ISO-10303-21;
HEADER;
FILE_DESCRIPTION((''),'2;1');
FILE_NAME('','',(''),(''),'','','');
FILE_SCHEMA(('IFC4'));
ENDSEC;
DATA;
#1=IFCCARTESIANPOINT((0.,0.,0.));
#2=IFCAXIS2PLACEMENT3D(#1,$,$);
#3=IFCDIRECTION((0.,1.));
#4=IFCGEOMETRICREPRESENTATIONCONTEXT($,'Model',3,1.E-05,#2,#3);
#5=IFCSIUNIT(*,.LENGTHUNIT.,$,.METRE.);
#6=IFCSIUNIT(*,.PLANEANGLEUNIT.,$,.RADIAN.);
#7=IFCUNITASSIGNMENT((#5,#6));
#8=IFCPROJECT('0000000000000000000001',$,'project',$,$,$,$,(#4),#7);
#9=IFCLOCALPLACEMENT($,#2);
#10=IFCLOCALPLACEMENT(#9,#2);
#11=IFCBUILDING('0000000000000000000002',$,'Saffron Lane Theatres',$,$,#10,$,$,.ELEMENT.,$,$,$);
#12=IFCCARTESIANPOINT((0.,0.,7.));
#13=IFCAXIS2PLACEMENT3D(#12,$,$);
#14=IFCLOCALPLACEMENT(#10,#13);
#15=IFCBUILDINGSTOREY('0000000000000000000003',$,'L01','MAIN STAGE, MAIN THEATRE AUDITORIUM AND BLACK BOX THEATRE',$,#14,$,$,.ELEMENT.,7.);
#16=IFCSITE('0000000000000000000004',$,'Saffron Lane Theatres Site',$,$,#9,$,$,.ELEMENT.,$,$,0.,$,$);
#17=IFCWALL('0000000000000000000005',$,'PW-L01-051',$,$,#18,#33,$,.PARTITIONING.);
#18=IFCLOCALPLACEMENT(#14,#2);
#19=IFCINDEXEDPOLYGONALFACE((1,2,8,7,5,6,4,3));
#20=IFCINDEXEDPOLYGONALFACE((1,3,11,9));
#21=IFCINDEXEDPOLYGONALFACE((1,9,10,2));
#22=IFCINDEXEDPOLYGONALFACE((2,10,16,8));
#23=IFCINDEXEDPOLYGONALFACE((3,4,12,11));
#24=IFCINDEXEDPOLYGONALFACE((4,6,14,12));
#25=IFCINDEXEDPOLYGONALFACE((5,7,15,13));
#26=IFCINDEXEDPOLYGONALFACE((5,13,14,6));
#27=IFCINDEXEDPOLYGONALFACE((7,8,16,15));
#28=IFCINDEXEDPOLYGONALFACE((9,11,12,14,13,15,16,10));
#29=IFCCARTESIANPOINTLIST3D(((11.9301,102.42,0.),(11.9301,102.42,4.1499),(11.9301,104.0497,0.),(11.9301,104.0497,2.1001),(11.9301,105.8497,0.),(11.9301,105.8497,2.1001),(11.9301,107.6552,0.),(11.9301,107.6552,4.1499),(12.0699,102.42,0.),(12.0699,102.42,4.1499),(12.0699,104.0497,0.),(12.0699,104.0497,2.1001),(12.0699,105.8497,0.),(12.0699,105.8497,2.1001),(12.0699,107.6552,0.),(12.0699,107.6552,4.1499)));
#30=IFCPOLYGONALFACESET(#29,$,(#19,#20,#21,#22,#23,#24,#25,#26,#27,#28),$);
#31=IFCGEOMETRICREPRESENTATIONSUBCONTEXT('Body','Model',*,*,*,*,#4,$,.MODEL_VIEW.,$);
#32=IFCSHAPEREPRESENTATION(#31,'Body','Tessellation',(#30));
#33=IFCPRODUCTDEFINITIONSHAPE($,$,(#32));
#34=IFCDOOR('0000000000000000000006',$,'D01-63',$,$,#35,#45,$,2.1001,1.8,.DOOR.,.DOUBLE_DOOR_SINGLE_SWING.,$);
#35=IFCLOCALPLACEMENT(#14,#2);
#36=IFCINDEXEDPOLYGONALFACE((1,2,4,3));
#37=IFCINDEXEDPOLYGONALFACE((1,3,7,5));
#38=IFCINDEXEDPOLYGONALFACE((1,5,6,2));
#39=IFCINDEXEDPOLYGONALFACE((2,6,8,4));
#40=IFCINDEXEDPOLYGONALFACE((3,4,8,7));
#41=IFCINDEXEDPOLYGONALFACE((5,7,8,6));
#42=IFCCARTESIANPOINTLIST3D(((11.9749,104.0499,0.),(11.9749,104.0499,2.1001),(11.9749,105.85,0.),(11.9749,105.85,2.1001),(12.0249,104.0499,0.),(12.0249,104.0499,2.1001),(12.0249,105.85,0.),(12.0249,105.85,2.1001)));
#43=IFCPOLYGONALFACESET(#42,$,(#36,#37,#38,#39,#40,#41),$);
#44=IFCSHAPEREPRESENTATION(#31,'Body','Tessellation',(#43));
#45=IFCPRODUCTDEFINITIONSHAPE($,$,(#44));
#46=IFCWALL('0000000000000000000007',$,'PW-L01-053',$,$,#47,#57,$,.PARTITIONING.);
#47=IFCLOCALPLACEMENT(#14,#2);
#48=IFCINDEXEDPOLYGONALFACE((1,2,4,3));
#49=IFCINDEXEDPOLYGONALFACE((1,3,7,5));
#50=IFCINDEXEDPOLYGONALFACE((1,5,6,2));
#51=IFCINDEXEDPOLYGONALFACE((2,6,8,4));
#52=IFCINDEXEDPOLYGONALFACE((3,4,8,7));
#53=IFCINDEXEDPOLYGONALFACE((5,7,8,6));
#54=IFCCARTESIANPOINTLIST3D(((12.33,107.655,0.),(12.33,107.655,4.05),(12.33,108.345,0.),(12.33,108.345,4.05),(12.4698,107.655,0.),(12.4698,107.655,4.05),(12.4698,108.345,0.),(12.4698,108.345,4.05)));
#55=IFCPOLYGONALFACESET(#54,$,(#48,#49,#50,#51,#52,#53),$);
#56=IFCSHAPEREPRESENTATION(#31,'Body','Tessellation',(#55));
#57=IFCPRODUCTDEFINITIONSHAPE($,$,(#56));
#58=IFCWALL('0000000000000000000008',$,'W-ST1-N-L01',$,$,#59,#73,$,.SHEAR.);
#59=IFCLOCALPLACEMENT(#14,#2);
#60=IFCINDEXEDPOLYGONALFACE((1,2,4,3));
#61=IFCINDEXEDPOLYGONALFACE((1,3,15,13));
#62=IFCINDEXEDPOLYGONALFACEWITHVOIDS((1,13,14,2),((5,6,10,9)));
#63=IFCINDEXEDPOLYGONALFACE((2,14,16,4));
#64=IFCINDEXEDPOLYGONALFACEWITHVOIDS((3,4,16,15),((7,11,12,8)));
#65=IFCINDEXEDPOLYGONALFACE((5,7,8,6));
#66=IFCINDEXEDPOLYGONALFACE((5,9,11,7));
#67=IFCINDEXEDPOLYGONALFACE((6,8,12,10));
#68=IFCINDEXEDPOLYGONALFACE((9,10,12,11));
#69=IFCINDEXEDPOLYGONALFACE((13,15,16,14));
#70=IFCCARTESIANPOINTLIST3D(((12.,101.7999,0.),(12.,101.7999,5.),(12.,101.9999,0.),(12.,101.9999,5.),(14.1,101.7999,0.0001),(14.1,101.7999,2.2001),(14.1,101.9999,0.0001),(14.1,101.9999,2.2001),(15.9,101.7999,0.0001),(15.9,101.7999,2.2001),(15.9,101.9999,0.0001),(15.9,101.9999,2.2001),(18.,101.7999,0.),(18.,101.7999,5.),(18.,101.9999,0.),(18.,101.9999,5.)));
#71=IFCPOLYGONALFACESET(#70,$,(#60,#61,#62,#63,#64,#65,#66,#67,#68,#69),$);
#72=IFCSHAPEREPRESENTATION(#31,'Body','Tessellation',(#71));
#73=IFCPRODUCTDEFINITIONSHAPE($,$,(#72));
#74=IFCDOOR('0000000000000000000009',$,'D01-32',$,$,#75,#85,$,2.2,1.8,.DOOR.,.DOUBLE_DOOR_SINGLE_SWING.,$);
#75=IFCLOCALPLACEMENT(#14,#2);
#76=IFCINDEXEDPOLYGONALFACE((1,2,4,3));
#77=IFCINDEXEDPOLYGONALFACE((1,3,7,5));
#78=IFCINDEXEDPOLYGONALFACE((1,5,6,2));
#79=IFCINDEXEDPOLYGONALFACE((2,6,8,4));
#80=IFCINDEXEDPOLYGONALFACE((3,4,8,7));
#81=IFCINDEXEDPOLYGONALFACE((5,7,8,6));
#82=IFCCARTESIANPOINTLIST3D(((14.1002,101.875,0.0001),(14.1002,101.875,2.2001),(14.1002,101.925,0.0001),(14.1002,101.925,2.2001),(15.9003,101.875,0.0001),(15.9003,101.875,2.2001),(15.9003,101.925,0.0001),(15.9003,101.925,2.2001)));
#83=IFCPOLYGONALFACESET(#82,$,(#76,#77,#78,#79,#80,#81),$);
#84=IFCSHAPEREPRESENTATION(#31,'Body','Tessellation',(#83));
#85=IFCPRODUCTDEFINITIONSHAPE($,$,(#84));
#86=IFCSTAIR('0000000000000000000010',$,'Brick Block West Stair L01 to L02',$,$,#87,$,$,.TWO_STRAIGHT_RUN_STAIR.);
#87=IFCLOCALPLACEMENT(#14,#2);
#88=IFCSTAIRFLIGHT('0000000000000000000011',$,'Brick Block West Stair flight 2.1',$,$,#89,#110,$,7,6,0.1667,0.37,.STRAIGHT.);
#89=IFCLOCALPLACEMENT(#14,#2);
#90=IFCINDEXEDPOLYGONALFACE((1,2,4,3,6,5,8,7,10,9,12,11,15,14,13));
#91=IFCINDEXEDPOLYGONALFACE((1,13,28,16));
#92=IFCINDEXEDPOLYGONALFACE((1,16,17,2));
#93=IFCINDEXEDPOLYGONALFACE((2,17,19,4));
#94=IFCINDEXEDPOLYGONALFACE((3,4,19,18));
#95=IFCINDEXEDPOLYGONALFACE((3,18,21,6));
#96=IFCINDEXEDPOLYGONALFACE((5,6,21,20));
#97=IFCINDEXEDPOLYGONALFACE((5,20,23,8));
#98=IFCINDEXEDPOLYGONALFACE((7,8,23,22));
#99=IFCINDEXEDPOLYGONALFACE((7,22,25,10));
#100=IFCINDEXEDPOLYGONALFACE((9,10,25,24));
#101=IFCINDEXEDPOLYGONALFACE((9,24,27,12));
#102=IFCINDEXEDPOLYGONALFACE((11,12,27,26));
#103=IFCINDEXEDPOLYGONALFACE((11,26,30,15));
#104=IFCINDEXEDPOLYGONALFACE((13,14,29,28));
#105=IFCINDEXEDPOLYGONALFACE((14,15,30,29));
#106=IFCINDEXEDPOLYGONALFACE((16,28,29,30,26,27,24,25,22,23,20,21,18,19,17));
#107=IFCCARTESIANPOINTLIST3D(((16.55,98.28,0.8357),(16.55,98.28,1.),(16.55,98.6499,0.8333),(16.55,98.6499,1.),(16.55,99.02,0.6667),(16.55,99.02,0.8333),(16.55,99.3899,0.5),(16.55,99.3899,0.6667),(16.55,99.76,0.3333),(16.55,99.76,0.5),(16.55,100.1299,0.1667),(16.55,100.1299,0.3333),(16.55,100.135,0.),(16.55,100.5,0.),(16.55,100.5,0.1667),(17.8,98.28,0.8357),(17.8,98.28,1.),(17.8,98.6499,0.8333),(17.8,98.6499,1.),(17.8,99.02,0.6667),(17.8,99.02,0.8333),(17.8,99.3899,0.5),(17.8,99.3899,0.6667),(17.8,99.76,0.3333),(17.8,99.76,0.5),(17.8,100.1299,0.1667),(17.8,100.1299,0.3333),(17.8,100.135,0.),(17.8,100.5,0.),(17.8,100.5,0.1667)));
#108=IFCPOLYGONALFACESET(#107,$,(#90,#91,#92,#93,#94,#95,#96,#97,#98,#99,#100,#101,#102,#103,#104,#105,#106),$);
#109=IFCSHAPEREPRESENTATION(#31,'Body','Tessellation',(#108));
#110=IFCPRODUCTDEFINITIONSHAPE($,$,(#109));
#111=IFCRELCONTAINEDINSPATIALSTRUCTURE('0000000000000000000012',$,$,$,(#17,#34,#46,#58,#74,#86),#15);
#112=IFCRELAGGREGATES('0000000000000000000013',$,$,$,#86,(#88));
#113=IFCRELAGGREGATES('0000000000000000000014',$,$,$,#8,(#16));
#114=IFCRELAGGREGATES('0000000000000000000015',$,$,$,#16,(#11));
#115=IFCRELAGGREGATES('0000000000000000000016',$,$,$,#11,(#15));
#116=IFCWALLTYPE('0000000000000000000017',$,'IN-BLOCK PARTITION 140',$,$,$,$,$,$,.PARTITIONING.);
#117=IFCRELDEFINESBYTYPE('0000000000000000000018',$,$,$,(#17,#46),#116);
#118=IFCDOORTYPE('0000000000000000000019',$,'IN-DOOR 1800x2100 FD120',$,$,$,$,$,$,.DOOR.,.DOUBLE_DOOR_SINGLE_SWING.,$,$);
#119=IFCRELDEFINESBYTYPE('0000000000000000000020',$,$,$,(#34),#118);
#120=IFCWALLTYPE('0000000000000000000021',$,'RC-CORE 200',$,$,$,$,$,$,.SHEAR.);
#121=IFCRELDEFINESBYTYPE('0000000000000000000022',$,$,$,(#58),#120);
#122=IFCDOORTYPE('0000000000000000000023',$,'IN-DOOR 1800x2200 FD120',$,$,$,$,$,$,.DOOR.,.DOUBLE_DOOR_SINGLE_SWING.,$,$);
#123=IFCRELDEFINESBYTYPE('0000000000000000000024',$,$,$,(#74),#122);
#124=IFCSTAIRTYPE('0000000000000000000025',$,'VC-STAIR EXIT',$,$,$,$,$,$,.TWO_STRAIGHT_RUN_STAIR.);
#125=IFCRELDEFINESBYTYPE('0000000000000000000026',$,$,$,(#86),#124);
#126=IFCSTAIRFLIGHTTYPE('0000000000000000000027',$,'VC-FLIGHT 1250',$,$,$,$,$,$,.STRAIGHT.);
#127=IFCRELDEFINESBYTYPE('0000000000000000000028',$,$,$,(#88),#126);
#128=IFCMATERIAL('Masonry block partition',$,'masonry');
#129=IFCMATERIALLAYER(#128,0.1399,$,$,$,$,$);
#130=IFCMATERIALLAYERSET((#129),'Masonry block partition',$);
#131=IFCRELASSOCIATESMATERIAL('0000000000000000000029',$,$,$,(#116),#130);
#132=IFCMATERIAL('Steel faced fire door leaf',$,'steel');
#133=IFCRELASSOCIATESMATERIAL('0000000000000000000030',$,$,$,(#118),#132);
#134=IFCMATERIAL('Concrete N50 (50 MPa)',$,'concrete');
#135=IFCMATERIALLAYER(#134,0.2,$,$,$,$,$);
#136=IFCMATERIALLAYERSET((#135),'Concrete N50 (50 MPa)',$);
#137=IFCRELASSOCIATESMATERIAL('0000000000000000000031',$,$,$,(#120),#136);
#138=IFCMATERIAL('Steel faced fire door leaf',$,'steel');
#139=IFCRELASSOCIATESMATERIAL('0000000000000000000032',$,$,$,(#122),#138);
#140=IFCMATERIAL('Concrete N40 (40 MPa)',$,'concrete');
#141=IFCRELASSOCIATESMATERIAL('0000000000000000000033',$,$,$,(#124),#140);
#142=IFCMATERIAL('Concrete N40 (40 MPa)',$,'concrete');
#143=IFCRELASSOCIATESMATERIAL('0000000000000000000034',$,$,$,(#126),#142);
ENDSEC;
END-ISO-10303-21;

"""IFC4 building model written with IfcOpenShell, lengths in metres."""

from ifc_helpers import new_model, si_unit, direction, frame, frame_2d, origin, place, context, subcontext, project, spatial, polyline, rectangle, outline, extrude, material, layer, layer_set, type_object, element, fill, aggregate, save


model = new_model("IFC4")

# Units and contexts
model_context = context("Model", 3, precision=1e-05, world=origin(), true_north=direction((0.0, 1.0)))
body_context = subcontext(model_context, "Body", "Model", "MODEL_VIEW")
ifc_project = project(units=[si_unit("LENGTHUNIT", "METRE"), si_unit("PLANEANGLEUNIT", "RADIAN")], contexts=[model_context])

# Site, building, storey
site_placement = place(None, origin())
site = spatial("IfcSite", under=ifc_project, at=site_placement, Name="Saffron Lane Theatres Site", CompositionType="ELEMENT", RefElevation=0.0)
building_placement = place(site_placement, origin())
building = spatial("IfcBuilding", under=site, at=building_placement, Name="Saffron Lane Theatres", CompositionType="ELEMENT")
storey_placement = place(building_placement, frame((0.0, 0.0, 7.0)))
storey = spatial("IfcBuildingStorey", under=building, at=storey_placement, Name="L01", Description="MAIN STAGE, MAIN THEATRE AUDITORIUM AND BLACK BOX THEATRE", CompositionType="ELEMENT", Elevation=7.0)

# Wall, opening, door
ifc_material_1 = material(Name="Masonry block partition", Category="masonry")
ifc_layer_1 = layer(ifc_material_1, 0.1399)
ifc_layer_set_1 = layer_set([ifc_layer_1], Name="Masonry block partition")
wall_type_1 = type_object("IfcWallType", Name="IN-BLOCK PARTITION 140", PredefinedType="PARTITIONING", material=ifc_layer_set_1)
ifc_material_2 = material(Name="Steel faced fire door leaf", Category="steel")
door_type_1 = type_object("IfcDoorType", Name="IN-DOOR 1800x2100 FD120", OperationType="DOUBLE_DOOR_SINGLE_SWING", PredefinedType="DOOR", material=ifc_material_2)
wall_1_placement = place(storey_placement, frame((12.0, 102.4199, 0.0), z_axis=(0.0, 0.0, 1.0), x_axis=(0.0, 1.0, 0.0)))
wall_1 = element("IfcWall", 1, at=wall_1_placement, inside=storey, type_object=wall_type_1, Name="PW-L01-051", PredefinedType="PARTITIONING", context=body_context, shape_type="SweptSolid", body=[
    extrude(rectangle(XDim=5.2351, YDim=0.1399, at=frame_2d((2.6177, 0.0))), origin(), (0.0, 0.0, 1.0), 4.1499),
])
opening_1_placement = place(wall_1_placement, frame((1.6299, 0.0, 0.0)))
opening_1 = element("IfcOpeningElement", 2, at=opening_1_placement, cuts=wall_1, PredefinedType="OPENING", context=body_context, shape_type="SweptSolid", body=[
    extrude(rectangle(XDim=1.8, YDim=2.1001, at=frame_2d((0.8999, 1.05))), frame((0.0, 0.0801, 0.0), z_axis=(0.0, -1.0, 0.0), x_axis=(1.0, 0.0, 0.0)), (0.0, 0.0, 1.0), 0.1599),
])
door_1_placement = place(opening_1_placement, frame((1.8, 0.0, 0.0), z_axis=(0.0, 0.0, 1.0), x_axis=(-1.0, 0.0, 0.0)))
door_1 = element("IfcDoor", 3, at=door_1_placement, inside=storey, type_object=door_type_1, Name="D01-63", OperationType="DOUBLE_DOOR_SINGLE_SWING", OverallHeight=2.1001, OverallWidth=1.8, PredefinedType="DOOR", context=body_context, shape_type="SweptSolid", body=[
    extrude(rectangle(XDim=1.8, YDim=2.1001, at=frame_2d((0.8999, 1.05))), frame((0.0, 0.0249, 0.0), z_axis=(0.0, -1.0, 0.0), x_axis=(1.0, 0.0, 0.0)), (0.0, 0.0, 1.0), 0.05),
])
fill(opening_1, door_1)

# Wall
wall_2_placement = place(storey_placement, frame((12.3999, 107.655, 0.0), z_axis=(0.0, 0.0, 1.0), x_axis=(0.0, 1.0, 0.0)))
element("IfcWall", 4, at=wall_2_placement, inside=storey, type_object=wall_type_1, Name="PW-L01-053", PredefinedType="PARTITIONING", context=body_context, shape_type="SweptSolid", body=[
    extrude(rectangle(XDim=0.6899, YDim=0.1399, at=frame_2d((0.345, 0.0))), origin(), (0.0, 0.0, 1.0), 4.05),
])

# Wall, opening, door
ifc_material_3 = material(Name="Concrete N50 (50 MPa)", Category="concrete")
ifc_layer_2 = layer(ifc_material_3, 0.2)
ifc_layer_set_2 = layer_set([ifc_layer_2], Name="Concrete N50 (50 MPa)")
wall_type_2 = type_object("IfcWallType", Name="RC-CORE 200", PredefinedType="SHEAR", material=ifc_layer_set_2)
wall_3_placement = place(storey_placement, frame((12.0, 101.8999, 0.0), z_axis=(0.0, 0.0, 1.0), x_axis=(1.0, 0.0, 0.0)))
wall_3 = element("IfcWall", 5, at=wall_3_placement, inside=storey, type_object=wall_type_2, Name="W-ST1-N-L01", PredefinedType="SHEAR", context=body_context, shape_type="SweptSolid", body=[
    extrude(rectangle(XDim=6.0, YDim=0.2, at=frame_2d((3.0, 0.0))), origin(), (0.0, 0.0, 1.0), 5.0),
])
opening_2_placement = place(wall_3_placement, frame((2.1001, 0.0, 0.0)))
opening_2 = element("IfcOpeningElement", 6, at=opening_2_placement, cuts=wall_3, PredefinedType="OPENING", context=body_context, shape_type="SweptSolid", body=[
    extrude(rectangle(XDim=1.8, YDim=2.2, at=frame_2d((0.8999, 1.1001))), frame((0.0, 0.1099, 0.0), z_axis=(0.0, -1.0, 0.0), x_axis=(1.0, 0.0, 0.0)), (0.0, 0.0, 1.0), 0.22),
])
ifc_material_4 = material(Name="Steel faced fire door leaf", Category="steel")
door_type_2 = type_object("IfcDoorType", Name="IN-DOOR 1800x2200 FD120", OperationType="DOUBLE_DOOR_SINGLE_SWING", PredefinedType="DOOR", material=ifc_material_4)
door_2_placement = place(opening_2_placement, frame((1.8, 0.0, 0.0), z_axis=(0.0, 0.0, 1.0), x_axis=(-1.0, 0.0, 0.0)))
door_2 = element("IfcDoor", 7, at=door_2_placement, inside=storey, type_object=door_type_2, Name="D01-32", OperationType="DOUBLE_DOOR_SINGLE_SWING", OverallHeight=2.2, OverallWidth=1.8, PredefinedType="DOOR", context=body_context, shape_type="SweptSolid", body=[
    extrude(rectangle(XDim=1.8, YDim=2.2, at=frame_2d((0.8999, 1.1001))), frame((0.0, 0.0249, 0.0), z_axis=(0.0, -1.0, 0.0), x_axis=(1.0, 0.0, 0.0)), (0.0, 0.0, 1.0), 0.05),
])
fill(opening_2, door_2)

# Stair, stair flight
ifc_material_5 = material(Name="Concrete N40 (40 MPa)", Category="concrete")
stair_type = type_object("IfcStairType", Name="VC-STAIR EXIT", PredefinedType="TWO_STRAIGHT_RUN_STAIR", material=ifc_material_5)
stair_placement = place(storey_placement, origin())
stair = element("IfcStair", 8, at=stair_placement, inside=storey, type_object=stair_type, Name="Brick Block West Stair L01 to L02", PredefinedType="TWO_STRAIGHT_RUN_STAIR")
ifc_material_6 = material(Name="Concrete N40 (40 MPa)", Category="concrete")
stair_flight_type = type_object("IfcStairFlightType", Name="VC-FLIGHT 1250", PredefinedType="STRAIGHT", material=ifc_material_6)
stair_flight_placement = place(storey_placement, frame((17.175, 100.5, 0.0), z_axis=(0.0, 0.0, 1.0), x_axis=(0.0, -1.0, 0.0)))
stair_flight = element("IfcStairFlight", 9, at=stair_flight_placement, type_object=stair_flight_type, Name="Brick Block West Stair flight 2.1", NumberOfRisers=7, NumberOfTreads=6, PredefinedType="STRAIGHT", RiserHeight=0.1667, TreadLength=0.37, context=body_context, shape_type="SweptSolid", body=[
    extrude(outline(polyline([(0.0, 0.0), (0.0, 0.1667), (0.3701, 0.1667), (0.3701, 0.3333), (0.74, 0.3333), (0.74, 0.5), (1.1101, 0.5), (1.1101, 0.6667), (1.48, 0.6667), (1.48, 0.8333), (1.8501, 0.8333), (1.8501, 1.0), (2.22, 1.0), (2.22, 1.1667), (2.22, 0.8357), (0.365, 0.0), (0.0, 0.0)])), frame((0.0, 0.625, 0.0), z_axis=(0.0, -1.0, 0.0), x_axis=(1.0, 0.0, 0.0)), (0.0, 0.0, 1.0), 1.25),
])
aggregate(stair, [stair_flight])

save(model, "model.ifc")
